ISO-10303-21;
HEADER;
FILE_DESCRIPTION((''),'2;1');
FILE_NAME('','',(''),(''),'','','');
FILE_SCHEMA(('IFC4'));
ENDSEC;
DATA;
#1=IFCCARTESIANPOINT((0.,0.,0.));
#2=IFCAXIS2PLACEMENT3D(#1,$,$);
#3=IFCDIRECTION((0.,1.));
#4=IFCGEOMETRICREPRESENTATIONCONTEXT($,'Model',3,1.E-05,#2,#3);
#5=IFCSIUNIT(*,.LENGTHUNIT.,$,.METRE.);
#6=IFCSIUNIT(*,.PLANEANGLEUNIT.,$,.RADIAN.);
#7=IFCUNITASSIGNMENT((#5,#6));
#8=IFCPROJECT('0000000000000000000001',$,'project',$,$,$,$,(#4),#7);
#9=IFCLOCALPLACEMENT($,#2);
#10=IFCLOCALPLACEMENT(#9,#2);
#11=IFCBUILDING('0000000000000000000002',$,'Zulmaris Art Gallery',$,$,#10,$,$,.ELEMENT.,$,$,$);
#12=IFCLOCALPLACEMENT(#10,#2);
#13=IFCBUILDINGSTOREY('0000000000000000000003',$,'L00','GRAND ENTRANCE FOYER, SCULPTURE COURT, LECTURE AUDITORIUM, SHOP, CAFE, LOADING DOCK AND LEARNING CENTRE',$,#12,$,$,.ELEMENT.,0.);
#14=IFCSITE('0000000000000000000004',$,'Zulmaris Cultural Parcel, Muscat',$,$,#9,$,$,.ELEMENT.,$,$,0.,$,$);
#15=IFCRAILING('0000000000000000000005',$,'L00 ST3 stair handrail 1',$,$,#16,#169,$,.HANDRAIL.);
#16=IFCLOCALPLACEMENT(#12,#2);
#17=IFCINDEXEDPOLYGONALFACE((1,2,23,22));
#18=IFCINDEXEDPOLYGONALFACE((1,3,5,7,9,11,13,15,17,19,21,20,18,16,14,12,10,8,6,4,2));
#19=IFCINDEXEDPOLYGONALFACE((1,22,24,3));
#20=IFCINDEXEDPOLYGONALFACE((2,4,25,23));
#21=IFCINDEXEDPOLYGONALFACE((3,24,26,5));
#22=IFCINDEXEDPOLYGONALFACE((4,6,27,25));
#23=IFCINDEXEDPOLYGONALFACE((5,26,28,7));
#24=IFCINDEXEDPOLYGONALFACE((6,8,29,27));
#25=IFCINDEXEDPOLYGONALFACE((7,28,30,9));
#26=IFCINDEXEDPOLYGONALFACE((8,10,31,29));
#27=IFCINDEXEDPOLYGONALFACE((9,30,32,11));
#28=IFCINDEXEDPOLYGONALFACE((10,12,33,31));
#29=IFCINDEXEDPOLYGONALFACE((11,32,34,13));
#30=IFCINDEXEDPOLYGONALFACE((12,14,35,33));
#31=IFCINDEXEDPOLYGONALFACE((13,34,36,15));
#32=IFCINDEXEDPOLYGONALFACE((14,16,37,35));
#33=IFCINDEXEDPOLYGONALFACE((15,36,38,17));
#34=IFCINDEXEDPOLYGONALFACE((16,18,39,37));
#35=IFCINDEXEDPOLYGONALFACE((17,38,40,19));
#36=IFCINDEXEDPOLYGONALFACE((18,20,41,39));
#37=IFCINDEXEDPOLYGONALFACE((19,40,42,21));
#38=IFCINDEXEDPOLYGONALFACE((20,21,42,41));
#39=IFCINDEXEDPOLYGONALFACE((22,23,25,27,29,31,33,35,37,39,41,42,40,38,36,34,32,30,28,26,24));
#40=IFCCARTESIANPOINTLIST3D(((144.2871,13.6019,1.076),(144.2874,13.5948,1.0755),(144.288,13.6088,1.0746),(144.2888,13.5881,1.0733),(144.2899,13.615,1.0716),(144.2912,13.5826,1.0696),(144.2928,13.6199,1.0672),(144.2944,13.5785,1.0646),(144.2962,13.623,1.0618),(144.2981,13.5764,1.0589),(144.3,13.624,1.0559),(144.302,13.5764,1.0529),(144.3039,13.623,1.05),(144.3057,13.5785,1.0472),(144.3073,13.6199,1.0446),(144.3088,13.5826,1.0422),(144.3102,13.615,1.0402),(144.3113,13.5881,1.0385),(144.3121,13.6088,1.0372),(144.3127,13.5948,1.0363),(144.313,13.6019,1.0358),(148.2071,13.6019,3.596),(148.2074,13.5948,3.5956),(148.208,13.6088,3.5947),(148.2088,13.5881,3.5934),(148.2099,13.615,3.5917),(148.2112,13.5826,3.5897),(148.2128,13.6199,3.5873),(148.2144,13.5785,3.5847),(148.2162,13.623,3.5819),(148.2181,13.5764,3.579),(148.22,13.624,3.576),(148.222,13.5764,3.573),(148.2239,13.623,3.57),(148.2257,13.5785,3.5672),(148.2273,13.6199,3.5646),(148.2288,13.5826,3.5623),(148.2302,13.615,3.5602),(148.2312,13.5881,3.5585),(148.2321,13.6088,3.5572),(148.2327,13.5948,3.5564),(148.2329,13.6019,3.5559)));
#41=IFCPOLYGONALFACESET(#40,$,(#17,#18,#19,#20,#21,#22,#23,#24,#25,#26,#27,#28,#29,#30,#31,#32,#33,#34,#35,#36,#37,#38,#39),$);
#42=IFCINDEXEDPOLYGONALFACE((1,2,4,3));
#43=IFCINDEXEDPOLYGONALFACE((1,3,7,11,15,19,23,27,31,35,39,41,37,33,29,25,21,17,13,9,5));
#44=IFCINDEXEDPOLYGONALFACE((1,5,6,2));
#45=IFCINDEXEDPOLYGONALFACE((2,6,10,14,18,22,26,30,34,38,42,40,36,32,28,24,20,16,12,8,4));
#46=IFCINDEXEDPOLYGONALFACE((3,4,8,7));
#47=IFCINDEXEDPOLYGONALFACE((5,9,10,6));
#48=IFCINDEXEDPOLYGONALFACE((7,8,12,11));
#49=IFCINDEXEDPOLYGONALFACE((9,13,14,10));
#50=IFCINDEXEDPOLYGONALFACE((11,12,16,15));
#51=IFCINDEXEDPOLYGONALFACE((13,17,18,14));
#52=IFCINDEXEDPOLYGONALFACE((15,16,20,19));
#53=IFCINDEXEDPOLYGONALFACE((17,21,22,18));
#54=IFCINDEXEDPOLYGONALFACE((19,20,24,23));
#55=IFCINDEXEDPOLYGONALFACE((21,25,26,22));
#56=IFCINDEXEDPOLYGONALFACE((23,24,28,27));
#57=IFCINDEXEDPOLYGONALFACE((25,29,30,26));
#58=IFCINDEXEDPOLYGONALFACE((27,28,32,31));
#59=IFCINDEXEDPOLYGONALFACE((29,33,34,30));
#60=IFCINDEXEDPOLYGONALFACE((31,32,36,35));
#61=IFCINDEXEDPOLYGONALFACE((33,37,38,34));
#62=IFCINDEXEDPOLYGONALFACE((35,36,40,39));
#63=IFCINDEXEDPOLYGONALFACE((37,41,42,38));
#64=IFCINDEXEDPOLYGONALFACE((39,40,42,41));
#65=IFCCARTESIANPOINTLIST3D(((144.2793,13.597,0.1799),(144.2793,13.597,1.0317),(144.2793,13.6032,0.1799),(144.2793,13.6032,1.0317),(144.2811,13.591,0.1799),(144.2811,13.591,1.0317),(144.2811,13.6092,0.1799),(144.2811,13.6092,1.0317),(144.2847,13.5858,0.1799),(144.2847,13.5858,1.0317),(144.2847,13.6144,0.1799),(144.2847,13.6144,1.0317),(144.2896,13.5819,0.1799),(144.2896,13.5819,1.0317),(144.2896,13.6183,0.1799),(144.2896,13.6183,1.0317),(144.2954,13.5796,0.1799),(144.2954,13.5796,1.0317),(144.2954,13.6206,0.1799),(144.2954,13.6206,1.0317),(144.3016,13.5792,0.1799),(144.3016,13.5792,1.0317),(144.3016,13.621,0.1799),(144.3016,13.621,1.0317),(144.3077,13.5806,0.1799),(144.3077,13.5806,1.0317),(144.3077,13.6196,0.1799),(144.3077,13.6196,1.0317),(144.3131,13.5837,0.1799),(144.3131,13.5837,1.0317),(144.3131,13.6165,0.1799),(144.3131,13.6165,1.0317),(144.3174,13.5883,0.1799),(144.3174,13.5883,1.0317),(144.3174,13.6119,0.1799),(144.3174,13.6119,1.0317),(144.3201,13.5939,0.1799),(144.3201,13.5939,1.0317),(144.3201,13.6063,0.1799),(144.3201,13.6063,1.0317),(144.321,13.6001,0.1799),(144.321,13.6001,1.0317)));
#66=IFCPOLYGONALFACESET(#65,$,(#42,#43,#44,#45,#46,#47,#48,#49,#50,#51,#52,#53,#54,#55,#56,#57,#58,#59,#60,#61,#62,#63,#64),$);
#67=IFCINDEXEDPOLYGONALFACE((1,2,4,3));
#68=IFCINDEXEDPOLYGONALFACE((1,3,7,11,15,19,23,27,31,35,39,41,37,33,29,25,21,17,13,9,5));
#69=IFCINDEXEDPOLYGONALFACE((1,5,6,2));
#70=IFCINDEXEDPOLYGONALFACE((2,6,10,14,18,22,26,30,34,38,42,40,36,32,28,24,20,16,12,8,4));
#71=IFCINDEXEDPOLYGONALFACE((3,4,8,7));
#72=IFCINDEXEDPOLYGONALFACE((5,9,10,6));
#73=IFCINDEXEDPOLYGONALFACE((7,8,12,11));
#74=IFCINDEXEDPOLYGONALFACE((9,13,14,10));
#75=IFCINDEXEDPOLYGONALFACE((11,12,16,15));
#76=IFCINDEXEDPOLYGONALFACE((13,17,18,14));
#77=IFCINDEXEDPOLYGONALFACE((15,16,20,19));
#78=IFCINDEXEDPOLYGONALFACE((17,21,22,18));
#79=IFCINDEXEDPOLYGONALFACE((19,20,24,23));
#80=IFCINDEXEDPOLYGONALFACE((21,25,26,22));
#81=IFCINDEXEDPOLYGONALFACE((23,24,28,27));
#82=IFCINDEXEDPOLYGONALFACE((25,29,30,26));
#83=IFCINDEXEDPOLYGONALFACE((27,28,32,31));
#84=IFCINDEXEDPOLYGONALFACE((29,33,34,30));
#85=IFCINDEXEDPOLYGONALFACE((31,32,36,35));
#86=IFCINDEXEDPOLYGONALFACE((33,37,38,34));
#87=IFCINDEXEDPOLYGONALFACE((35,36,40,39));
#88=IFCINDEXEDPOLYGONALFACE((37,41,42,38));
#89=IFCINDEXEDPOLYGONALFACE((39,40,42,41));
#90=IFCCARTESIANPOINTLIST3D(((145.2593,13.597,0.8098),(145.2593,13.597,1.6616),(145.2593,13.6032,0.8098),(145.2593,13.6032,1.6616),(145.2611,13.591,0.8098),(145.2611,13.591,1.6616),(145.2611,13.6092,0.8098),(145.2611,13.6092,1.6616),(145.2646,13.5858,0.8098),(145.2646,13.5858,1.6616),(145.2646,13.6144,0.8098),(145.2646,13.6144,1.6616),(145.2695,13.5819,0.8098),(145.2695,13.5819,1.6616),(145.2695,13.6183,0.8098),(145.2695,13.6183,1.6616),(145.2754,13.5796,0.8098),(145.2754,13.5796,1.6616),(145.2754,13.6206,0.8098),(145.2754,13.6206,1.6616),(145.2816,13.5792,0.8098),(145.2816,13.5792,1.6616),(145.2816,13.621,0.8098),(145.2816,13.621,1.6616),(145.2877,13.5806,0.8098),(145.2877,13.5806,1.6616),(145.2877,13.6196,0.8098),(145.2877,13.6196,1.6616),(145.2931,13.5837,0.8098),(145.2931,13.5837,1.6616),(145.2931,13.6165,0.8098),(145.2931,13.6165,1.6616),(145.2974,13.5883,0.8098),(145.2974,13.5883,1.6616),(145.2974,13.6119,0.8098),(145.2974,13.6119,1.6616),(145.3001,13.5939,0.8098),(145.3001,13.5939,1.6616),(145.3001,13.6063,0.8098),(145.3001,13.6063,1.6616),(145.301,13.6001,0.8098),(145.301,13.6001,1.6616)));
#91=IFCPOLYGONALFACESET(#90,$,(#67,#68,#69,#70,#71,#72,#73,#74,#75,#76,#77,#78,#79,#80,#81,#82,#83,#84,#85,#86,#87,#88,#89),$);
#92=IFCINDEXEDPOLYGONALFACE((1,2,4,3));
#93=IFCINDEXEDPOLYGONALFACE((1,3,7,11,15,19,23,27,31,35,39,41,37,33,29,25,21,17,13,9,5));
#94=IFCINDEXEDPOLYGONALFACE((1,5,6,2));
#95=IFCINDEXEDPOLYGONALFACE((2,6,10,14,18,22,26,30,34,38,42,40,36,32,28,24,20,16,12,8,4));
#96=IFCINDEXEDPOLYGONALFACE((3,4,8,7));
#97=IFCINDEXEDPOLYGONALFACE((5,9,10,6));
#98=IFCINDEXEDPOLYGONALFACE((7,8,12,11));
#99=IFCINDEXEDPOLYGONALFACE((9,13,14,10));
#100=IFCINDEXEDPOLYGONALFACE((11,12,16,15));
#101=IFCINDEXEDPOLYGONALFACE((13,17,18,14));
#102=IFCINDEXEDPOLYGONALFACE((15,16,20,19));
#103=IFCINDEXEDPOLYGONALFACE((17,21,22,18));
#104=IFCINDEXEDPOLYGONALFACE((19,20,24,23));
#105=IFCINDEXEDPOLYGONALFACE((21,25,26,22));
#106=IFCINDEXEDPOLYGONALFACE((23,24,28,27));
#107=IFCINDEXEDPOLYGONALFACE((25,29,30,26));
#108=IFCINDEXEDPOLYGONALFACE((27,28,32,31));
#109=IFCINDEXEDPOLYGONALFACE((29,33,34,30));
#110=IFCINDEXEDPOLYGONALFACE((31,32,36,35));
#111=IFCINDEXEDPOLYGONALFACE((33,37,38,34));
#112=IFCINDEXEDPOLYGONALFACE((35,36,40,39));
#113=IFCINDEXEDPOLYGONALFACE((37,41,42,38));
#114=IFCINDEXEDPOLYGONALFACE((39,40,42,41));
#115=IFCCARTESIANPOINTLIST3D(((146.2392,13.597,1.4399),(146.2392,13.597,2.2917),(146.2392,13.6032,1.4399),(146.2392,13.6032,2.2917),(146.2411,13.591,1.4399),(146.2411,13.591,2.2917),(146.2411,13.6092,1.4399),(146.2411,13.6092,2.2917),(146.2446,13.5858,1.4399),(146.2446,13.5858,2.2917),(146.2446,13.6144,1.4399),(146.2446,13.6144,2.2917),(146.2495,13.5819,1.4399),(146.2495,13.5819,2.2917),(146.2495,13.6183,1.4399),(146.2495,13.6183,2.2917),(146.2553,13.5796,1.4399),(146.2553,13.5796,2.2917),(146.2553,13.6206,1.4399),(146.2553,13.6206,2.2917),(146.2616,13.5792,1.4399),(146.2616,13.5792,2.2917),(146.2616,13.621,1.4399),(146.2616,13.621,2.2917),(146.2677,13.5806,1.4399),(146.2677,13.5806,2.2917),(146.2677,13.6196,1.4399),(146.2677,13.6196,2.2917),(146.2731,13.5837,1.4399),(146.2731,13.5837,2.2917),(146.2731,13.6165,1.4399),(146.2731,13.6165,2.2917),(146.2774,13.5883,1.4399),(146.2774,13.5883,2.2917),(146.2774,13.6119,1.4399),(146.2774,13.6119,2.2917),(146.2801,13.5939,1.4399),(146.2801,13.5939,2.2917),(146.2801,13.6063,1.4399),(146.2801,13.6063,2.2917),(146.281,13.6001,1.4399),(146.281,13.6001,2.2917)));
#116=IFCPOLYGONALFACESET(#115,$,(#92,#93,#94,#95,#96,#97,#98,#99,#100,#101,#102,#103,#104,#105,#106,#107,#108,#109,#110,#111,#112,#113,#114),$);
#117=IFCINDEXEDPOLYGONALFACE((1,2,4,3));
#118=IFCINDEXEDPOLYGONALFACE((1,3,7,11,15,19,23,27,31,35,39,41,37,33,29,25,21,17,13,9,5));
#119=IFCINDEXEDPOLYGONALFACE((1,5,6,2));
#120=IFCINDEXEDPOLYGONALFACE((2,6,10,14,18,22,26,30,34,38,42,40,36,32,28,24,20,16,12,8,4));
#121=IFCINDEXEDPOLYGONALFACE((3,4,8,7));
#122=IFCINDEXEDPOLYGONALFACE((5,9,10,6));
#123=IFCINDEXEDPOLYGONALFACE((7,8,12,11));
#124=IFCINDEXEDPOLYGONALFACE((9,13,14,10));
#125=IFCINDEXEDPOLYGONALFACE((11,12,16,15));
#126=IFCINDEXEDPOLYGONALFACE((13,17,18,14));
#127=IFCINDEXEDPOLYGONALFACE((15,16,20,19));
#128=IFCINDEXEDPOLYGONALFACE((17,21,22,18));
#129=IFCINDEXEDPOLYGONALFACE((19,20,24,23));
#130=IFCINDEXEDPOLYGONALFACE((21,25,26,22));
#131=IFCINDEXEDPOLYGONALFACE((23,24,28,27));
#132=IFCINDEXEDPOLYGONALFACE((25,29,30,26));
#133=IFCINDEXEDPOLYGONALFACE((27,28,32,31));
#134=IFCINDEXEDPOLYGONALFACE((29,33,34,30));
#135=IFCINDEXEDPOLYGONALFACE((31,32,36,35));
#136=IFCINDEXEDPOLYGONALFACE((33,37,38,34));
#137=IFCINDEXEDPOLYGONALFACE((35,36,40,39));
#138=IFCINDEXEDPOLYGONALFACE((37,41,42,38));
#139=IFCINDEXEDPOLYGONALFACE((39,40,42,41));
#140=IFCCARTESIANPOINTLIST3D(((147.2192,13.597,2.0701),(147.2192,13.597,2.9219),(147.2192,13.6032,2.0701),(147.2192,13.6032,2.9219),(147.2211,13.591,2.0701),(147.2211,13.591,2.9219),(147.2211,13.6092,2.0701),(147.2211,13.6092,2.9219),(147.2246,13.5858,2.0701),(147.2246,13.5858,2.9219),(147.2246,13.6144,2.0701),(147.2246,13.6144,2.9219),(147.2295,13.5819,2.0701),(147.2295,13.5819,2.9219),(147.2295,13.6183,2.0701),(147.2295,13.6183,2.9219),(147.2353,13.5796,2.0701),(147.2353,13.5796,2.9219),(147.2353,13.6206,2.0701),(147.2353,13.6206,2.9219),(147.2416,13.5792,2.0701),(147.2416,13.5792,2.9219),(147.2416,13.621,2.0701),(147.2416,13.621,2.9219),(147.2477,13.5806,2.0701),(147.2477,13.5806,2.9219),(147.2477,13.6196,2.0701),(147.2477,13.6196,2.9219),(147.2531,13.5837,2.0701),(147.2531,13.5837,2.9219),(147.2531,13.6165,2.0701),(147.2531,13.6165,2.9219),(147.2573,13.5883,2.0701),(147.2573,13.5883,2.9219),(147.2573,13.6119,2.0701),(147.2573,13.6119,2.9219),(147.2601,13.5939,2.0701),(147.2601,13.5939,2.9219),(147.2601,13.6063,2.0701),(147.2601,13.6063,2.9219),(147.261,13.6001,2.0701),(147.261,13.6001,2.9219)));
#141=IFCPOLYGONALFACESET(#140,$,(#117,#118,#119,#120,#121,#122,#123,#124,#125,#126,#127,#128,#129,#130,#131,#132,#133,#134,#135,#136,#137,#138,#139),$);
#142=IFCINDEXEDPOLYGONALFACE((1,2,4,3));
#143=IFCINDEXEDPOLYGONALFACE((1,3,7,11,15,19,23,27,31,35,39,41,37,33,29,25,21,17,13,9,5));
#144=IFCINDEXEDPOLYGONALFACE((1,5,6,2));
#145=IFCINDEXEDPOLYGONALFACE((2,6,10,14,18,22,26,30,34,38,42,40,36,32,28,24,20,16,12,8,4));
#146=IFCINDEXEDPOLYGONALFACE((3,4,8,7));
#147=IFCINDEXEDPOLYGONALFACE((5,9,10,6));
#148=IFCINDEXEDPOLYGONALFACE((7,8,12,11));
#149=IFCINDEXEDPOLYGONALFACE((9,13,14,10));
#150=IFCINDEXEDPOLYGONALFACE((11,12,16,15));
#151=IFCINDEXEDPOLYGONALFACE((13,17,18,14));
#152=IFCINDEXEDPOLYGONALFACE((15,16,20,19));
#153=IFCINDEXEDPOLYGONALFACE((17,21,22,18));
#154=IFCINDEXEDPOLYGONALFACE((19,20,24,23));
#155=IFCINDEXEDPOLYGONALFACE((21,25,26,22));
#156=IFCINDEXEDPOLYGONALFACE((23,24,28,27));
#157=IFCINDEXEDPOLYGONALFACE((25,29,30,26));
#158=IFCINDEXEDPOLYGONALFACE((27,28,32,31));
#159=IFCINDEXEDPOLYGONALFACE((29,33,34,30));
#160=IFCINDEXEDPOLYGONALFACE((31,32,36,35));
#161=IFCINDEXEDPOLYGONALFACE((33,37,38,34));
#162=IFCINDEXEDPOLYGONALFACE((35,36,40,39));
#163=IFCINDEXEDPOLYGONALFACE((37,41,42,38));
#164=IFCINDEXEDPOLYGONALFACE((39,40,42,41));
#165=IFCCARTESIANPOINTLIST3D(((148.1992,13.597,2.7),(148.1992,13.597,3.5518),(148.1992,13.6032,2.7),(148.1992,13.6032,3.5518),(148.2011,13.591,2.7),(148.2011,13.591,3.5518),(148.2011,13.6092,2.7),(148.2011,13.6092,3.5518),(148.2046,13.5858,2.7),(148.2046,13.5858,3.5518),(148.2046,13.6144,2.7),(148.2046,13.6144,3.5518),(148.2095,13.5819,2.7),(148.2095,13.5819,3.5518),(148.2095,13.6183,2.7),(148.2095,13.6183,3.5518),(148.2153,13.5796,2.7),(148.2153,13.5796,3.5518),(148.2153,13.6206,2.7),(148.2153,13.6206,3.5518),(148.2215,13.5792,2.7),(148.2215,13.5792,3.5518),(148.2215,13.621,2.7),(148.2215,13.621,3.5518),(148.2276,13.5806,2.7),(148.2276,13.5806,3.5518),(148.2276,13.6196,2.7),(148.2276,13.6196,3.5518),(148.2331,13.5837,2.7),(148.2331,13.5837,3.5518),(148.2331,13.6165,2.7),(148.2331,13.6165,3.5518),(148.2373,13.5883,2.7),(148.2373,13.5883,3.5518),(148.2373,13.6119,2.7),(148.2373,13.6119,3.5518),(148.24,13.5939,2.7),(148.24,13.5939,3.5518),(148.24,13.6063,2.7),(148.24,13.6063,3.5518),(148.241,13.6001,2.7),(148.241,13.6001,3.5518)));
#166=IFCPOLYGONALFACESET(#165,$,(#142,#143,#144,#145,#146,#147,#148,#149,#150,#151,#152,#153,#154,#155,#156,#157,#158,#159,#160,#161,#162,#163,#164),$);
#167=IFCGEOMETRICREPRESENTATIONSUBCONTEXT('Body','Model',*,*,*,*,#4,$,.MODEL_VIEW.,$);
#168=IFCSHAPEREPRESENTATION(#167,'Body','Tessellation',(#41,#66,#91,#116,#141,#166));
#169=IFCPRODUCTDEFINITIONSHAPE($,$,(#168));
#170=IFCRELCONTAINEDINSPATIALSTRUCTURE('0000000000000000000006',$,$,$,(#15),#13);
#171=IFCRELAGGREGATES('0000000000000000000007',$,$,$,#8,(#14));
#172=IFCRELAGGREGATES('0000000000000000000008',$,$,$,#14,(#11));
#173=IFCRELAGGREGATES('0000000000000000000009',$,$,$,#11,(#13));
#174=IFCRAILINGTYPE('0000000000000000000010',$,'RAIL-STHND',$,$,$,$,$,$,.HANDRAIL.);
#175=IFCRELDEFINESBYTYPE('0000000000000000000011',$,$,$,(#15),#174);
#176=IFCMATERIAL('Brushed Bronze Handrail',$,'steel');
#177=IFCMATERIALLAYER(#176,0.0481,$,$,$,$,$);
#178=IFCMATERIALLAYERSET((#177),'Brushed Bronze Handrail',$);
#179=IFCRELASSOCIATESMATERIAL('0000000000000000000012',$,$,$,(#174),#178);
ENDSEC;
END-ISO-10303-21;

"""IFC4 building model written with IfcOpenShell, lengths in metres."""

from ifc_helpers import new_model, si_unit, direction, frame, origin, origin_2d, place, context, subcontext, project, spatial, circle, extrude, material, layer, layer_set, type_object, element, save


model = new_model("IFC4")

# Units and contexts
model_context = context("Model", 3, precision=1e-05, world=origin(), true_north=direction((0.0, 1.0)))
body_context = subcontext(model_context, "Body", "Model", "MODEL_VIEW")
ifc_project = project(units=[si_unit("LENGTHUNIT", "METRE"), si_unit("PLANEANGLEUNIT", "RADIAN")], contexts=[model_context])

# Site, building, storey
site_placement = place(None, origin())
site = spatial("IfcSite", under=ifc_project, at=site_placement, Name="Zulmaris Cultural Parcel, Muscat", CompositionType="ELEMENT", RefElevation=0.0)
building_placement = place(site_placement, origin())
building = spatial("IfcBuilding", under=site, at=building_placement, Name="Zulmaris Art Gallery", CompositionType="ELEMENT")
storey_placement = place(building_placement, origin())
storey = spatial("IfcBuildingStorey", under=building, at=storey_placement, Name="L00", Description="GRAND ENTRANCE FOYER, SCULPTURE COURT, LECTURE AUDITORIUM, SHOP, CAFE, LOADING DOCK AND LEARNING CENTRE", CompositionType="ELEMENT", Elevation=0.0)

# Railing
ifc_material_1 = material(Name="Brushed Bronze Handrail", Category="steel")
ifc_layer_1 = layer(ifc_material_1, 0.0481)
ifc_layer_set_1 = layer_set([ifc_layer_1], Name="Brushed Bronze Handrail")
railing_type_1 = type_object("IfcRailingType", Name="RAIL-STHND", PredefinedType="HANDRAIL", material=ifc_layer_set_1)
railing_1_placement = place(storey_placement, frame((144.3, 13.6001, 0.1799)))
element("IfcRailing", 1, at=railing_1_placement, inside=storey, type_object=railing_type_1, Name="L00 ST3 stair handrail 1", PredefinedType="HANDRAIL", context=body_context, shape_type="SweptSolid", body=[
    extrude(circle(Radius=0.0239, at=origin_2d()), frame((0.0, 0.0, 0.876), z_axis=(0.841172, 0.0, 0.540768), x_axis=(0.0, 1.0, 0.0)), (0.0, 0.0, 1.0), 4.6602),
    extrude(circle(Radius=0.021, at=origin_2d()), origin(), (0.0, 0.0, 1.0), 0.8518),
    extrude(circle(Radius=0.021, at=origin_2d()), frame((0.98, 0.0, 0.6299)), (0.0, 0.0, 1.0), 0.8518),
    extrude(circle(Radius=0.021, at=origin_2d()), frame((1.96, 0.0, 1.26)), (0.0, 0.0, 1.0), 0.8518),
    extrude(circle(Radius=0.021, at=origin_2d()), frame((2.9399, 0.0, 1.8901)), (0.0, 0.0, 1.0), 0.8518),
    extrude(circle(Radius=0.021, at=origin_2d()), frame((3.9199, 0.0, 2.52)), (0.0, 0.0, 1.0), 0.8518),
])

save(model, "model.ifc")
